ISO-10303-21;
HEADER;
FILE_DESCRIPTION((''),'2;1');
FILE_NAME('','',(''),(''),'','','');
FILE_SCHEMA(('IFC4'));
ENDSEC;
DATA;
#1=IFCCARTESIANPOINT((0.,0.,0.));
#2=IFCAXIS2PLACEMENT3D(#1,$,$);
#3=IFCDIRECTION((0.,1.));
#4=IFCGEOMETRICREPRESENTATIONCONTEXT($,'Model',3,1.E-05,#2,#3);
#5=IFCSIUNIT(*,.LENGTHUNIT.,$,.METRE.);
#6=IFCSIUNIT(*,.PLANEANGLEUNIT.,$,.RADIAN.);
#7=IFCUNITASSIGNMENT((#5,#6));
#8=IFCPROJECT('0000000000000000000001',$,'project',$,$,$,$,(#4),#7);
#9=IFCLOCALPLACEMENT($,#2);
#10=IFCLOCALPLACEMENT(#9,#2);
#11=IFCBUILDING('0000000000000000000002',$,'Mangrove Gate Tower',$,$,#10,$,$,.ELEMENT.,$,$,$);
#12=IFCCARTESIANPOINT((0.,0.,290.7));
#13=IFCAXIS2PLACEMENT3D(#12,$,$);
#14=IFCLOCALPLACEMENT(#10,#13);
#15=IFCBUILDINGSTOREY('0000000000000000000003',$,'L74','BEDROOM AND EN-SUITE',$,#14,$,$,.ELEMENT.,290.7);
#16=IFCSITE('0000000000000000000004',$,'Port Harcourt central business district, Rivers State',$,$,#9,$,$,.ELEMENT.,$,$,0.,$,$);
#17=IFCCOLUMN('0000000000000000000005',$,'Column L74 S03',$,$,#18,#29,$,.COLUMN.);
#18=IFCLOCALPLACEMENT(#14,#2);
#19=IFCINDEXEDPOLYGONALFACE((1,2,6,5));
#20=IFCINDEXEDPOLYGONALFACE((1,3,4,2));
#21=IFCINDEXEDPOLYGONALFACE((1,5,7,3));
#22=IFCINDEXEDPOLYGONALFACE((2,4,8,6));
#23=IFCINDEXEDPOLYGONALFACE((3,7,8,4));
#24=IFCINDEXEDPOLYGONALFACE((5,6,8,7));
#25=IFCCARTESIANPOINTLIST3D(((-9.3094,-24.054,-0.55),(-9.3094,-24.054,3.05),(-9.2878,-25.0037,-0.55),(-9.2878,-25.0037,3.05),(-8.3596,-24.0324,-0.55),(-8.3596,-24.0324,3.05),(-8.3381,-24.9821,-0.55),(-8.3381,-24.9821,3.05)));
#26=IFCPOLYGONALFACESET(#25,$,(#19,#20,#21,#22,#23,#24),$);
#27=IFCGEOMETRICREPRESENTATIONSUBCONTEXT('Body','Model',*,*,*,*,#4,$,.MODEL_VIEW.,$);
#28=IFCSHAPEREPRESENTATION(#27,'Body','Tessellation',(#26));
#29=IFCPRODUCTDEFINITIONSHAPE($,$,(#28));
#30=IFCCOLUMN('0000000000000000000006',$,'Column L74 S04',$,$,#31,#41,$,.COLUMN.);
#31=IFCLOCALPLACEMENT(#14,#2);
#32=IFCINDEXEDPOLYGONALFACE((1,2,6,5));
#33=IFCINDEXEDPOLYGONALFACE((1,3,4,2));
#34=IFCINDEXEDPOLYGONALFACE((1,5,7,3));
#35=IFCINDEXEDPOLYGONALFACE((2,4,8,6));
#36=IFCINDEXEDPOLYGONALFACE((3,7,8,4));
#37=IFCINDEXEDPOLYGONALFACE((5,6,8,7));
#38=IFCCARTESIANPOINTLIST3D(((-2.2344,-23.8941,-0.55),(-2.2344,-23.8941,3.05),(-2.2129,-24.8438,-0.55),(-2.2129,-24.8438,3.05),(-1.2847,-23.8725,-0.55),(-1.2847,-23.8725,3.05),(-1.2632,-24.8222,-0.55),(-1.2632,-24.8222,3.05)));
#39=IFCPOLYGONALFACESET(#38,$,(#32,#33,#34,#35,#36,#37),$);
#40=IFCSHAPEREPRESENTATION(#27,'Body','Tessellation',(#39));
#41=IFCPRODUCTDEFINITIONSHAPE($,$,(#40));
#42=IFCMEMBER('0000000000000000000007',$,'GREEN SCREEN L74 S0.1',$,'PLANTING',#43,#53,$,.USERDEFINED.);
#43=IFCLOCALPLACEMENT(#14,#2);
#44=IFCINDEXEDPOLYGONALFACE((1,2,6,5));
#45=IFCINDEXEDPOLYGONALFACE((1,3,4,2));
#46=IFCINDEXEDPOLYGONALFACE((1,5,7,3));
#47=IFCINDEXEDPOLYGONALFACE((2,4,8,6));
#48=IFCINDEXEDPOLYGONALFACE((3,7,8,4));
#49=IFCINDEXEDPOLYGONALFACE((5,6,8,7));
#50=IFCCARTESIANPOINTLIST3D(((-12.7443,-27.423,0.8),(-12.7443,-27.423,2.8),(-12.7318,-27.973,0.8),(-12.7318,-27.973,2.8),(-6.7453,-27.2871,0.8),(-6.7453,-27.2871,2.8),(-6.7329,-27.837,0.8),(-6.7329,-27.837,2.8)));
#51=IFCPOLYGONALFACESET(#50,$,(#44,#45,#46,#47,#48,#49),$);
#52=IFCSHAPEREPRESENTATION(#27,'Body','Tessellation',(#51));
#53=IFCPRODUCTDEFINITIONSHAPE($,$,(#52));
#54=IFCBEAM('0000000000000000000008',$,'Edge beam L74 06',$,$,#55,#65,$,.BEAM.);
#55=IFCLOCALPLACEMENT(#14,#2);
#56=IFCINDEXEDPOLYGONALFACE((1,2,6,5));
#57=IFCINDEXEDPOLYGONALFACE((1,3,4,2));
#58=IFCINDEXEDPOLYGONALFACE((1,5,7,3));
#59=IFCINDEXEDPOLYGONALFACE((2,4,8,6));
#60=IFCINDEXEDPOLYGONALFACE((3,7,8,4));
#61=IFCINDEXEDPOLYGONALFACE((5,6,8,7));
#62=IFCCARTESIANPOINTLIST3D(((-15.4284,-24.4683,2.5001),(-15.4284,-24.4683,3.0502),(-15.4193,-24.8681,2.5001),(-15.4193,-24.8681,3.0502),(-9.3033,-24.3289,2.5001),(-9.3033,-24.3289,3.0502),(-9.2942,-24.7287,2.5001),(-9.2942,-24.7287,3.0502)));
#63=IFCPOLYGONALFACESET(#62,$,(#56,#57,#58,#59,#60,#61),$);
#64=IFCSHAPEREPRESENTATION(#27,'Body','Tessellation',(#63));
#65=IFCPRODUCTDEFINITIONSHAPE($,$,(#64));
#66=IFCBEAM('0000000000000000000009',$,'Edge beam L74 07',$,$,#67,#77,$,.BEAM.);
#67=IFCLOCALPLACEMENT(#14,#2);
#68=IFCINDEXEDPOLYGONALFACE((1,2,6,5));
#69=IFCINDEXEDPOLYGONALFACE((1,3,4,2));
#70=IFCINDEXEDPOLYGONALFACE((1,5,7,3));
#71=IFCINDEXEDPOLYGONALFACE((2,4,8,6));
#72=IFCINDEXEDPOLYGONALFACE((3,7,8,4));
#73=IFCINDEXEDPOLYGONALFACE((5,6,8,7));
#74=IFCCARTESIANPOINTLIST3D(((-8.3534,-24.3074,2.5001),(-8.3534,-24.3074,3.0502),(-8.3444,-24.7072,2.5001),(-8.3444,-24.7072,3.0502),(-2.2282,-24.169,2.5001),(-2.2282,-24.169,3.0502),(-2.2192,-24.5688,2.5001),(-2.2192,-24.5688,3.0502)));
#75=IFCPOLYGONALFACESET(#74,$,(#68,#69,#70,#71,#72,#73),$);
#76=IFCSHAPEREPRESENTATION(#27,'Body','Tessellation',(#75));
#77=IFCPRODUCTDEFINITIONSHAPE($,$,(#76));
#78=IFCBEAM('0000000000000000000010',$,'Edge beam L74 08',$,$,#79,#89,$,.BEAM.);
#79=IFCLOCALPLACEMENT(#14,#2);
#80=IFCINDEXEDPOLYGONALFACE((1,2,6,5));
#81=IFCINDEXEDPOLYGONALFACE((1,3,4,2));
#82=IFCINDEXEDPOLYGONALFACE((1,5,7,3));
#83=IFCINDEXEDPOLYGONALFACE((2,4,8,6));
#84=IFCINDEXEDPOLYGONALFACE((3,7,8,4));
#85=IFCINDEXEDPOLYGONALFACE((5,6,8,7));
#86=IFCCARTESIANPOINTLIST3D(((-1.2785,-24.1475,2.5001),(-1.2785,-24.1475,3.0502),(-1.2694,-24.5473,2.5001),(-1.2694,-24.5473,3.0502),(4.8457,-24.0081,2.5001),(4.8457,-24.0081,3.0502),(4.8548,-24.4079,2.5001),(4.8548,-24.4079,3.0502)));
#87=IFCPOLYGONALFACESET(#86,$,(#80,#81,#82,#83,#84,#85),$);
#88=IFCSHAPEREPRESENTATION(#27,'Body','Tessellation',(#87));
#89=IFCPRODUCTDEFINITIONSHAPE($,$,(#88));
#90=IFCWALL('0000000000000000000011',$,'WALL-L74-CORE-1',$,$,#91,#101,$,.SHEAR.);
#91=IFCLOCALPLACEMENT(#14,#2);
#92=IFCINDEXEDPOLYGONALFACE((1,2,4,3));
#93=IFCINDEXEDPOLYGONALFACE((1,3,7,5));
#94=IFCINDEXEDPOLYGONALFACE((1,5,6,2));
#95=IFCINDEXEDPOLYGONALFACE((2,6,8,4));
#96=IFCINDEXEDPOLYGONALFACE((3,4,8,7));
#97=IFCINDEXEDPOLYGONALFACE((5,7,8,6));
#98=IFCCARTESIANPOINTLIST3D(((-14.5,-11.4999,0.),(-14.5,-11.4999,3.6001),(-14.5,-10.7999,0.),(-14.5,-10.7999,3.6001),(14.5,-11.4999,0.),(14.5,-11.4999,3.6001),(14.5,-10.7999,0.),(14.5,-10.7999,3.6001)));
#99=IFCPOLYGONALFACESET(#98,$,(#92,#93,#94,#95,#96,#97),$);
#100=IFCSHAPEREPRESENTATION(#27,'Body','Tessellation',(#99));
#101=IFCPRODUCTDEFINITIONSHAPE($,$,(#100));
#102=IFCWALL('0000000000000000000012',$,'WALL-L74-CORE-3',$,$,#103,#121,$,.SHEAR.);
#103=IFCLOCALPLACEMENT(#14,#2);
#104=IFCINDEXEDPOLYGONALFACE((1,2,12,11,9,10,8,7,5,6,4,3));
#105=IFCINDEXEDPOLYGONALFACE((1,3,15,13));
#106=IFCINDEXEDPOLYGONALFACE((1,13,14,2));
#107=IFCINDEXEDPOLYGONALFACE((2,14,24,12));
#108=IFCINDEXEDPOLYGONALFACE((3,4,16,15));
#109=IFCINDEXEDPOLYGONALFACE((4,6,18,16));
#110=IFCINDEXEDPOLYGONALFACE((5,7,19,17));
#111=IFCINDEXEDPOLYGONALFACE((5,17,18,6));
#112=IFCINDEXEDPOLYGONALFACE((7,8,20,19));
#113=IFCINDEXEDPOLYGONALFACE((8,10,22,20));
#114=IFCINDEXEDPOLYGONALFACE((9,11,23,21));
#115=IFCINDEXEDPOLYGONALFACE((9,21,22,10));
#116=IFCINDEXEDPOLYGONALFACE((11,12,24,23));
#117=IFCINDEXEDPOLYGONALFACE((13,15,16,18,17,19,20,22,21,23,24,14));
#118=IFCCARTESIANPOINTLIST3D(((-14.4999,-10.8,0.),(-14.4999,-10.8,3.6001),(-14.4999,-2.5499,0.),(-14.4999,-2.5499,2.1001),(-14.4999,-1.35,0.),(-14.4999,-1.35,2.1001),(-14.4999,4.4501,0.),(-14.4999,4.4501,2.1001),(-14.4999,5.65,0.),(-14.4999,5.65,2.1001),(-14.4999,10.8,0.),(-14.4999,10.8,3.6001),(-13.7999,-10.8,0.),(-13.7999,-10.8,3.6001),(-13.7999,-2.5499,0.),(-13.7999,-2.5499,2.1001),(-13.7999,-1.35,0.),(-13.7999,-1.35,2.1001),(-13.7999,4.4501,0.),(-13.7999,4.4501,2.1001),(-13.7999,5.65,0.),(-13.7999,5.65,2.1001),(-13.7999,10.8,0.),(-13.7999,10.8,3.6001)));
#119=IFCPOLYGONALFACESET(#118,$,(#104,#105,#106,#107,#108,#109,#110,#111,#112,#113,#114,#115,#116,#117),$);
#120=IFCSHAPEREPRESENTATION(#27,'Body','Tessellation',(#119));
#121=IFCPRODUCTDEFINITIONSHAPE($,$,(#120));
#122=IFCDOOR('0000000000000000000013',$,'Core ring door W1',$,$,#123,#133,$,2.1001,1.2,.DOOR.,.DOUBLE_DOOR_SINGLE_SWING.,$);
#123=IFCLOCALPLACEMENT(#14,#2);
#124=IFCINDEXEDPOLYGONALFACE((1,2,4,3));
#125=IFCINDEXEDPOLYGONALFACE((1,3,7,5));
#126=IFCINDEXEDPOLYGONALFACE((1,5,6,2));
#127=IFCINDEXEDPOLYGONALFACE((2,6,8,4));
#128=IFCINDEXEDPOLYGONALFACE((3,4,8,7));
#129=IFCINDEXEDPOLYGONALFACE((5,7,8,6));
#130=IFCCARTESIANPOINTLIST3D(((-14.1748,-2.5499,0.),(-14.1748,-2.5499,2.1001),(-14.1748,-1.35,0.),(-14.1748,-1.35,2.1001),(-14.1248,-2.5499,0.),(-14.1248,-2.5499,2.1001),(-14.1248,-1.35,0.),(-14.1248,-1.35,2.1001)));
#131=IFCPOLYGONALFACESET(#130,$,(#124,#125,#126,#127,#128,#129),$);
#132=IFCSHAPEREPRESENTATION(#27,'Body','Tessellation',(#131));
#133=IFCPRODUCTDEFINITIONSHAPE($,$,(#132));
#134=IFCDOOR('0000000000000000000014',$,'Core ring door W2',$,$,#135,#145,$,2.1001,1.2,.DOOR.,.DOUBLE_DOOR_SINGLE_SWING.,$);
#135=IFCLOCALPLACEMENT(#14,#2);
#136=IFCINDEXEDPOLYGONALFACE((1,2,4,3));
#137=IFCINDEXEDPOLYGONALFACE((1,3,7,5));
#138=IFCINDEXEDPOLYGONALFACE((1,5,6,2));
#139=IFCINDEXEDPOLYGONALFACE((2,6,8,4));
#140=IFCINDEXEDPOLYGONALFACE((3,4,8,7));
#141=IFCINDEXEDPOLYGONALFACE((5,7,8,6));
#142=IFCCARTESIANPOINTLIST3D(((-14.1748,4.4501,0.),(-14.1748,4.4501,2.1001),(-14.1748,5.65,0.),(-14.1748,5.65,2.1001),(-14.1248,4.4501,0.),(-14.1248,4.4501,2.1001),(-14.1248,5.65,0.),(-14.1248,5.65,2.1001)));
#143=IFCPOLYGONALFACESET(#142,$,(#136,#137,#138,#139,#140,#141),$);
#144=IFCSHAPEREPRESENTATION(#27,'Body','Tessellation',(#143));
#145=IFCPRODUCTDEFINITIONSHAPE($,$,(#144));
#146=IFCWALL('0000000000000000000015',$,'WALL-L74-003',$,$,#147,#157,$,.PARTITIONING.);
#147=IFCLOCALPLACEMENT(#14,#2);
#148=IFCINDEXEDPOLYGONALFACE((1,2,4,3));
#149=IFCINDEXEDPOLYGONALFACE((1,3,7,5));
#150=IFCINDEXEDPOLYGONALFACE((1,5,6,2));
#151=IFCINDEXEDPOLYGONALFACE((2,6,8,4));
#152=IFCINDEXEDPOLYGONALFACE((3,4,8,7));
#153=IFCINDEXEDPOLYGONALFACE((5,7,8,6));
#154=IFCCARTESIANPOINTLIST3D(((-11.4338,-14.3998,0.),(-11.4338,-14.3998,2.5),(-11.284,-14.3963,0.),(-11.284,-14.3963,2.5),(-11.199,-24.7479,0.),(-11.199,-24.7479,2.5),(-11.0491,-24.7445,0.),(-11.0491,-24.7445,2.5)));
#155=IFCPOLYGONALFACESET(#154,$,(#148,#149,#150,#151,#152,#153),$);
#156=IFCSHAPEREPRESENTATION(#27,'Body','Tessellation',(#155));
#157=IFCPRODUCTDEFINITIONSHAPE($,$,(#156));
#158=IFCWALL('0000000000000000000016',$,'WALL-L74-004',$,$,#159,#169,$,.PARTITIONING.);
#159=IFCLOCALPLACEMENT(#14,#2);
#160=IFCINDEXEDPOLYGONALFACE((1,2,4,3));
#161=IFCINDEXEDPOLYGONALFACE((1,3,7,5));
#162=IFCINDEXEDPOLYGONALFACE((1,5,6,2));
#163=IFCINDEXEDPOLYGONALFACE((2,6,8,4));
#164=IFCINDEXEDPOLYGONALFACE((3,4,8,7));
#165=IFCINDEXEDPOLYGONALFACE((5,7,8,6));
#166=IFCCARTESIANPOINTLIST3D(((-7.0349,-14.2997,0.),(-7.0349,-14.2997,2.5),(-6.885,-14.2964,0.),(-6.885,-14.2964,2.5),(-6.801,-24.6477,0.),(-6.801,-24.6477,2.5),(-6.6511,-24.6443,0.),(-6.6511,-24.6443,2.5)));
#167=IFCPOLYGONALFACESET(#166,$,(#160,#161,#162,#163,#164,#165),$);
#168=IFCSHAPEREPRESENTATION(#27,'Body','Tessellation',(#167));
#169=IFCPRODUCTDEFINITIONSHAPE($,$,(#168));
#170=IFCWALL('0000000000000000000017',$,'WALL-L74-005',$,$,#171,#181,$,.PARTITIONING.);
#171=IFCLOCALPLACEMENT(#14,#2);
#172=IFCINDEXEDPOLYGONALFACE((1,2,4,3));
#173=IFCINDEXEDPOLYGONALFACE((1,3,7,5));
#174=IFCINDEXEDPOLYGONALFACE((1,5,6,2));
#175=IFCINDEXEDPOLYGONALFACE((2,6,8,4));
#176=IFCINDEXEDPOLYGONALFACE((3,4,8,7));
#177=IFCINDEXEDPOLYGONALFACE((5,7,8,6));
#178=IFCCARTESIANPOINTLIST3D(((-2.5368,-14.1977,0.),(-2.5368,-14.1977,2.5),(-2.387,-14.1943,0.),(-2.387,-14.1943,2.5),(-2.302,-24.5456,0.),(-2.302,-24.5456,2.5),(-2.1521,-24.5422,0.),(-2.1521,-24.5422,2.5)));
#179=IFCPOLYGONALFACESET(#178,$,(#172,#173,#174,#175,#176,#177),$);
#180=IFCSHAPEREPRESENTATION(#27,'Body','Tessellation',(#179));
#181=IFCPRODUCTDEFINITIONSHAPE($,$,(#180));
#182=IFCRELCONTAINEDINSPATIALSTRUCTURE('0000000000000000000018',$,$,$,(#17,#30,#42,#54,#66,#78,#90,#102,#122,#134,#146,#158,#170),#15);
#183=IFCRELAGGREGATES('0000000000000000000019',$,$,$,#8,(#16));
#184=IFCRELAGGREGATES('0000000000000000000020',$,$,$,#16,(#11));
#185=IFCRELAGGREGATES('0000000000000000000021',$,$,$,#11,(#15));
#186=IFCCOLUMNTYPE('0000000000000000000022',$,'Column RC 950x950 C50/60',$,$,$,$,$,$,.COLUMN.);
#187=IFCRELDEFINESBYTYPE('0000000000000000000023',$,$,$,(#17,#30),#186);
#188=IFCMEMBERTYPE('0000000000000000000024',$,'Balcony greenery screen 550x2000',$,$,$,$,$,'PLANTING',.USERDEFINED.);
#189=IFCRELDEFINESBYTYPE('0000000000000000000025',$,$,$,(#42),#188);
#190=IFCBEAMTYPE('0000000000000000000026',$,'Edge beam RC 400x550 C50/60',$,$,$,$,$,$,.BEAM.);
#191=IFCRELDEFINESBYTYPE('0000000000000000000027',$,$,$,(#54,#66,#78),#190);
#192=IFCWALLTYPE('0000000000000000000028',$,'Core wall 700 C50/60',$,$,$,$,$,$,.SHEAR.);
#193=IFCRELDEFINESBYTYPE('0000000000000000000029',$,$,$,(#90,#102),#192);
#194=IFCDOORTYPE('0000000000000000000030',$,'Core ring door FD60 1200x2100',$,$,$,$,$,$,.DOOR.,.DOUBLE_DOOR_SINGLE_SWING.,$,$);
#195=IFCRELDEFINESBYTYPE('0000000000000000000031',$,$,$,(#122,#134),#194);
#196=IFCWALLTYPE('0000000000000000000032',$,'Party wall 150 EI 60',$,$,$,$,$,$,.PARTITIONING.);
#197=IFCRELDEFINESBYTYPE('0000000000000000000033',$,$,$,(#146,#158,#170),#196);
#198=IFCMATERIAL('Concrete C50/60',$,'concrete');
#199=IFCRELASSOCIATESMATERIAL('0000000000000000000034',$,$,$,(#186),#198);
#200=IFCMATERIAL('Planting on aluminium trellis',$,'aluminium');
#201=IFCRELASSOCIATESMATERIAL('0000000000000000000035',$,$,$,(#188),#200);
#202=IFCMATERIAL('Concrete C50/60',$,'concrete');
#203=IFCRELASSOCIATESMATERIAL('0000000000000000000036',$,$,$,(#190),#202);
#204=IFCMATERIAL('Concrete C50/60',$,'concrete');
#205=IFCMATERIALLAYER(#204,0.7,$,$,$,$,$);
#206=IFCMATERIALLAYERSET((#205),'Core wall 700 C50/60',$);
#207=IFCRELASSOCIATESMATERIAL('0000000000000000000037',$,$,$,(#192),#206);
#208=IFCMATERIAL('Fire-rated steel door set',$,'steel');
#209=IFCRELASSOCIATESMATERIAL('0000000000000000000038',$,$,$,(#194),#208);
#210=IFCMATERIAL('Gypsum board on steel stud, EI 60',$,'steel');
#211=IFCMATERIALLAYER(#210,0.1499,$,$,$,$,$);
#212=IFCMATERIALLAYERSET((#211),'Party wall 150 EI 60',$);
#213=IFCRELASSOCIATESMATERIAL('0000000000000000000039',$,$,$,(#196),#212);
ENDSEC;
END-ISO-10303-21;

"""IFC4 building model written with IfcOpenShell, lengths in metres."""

from ifc_helpers import new_model, si_unit, direction, frame, frame_2d, origin, origin_2d, place, context, subcontext, project, spatial, rectangle, extrude, material, layer, layer_set, material_profile, profile_set, type_object, element, fill, save


model = new_model("IFC4")

# Units and contexts
model_context = context("Model", 3, precision=1e-05, world=origin(), true_north=direction((0.0, 1.0)))
body_context = subcontext(model_context, "Body", "Model", "MODEL_VIEW")
ifc_project = project(units=[si_unit("LENGTHUNIT", "METRE"), si_unit("PLANEANGLEUNIT", "RADIAN")], contexts=[model_context])

# Site, building, storey
site_placement = place(None, origin())
site = spatial("IfcSite", under=ifc_project, at=site_placement, Name="Port Harcourt central business district, Rivers State", CompositionType="ELEMENT", RefElevation=0.0)
building_placement = place(site_placement, origin())
building = spatial("IfcBuilding", under=site, at=building_placement, Name="Mangrove Gate Tower", CompositionType="ELEMENT")
storey_placement = place(building_placement, frame((0.0, 0.0, 290.7)))
storey = spatial("IfcBuildingStorey", under=building, at=storey_placement, Name="L74", Description="BEDROOM AND EN-SUITE", CompositionType="ELEMENT", Elevation=290.7)

# Columns
ifc_material_1 = material(Name="Concrete C50/60", Category="concrete")
ifc_material_profile_1 = material_profile(ifc_material_1, rectangle(XDim=0.95, YDim=0.95, at=origin_2d()))
ifc_profile_set_1 = profile_set([ifc_material_profile_1], Name="Concrete C50/60")
column_type = type_object("IfcColumnType", Name="Column RC 950x950 C50/60", PredefinedType="COLUMN", material=ifc_profile_set_1)
for number, where, z_axis, x_axis, name in (
    (1, (-8.8237, -24.5181, -0.55), (0.0, 0.0, 1.0), (0.999743, 0.02268, 0.0), "Column L74 S03"),
    (2, (-1.7488, -24.3582, -0.55), (0.0, 0.0, 1.0), (0.999743, 0.022681, 0.0), "Column L74 S04"),
):
    element("IfcColumn", number, at=place(storey_placement, frame(where, z_axis=z_axis, x_axis=x_axis)), inside=storey, type_object=column_type, Name=name, PredefinedType="COLUMN", context=body_context, shape_type="SweptSolid", body=[
        extrude(rectangle(XDim=0.95, YDim=0.95, at=origin_2d()), origin(), (0.0, 0.0, 1.0), 3.6001),
    ])

# Member
ifc_material_2 = material(Name="Planting on aluminium trellis", Category="aluminium")
ifc_material_profile_2 = material_profile(ifc_material_2, rectangle(XDim=0.55, YDim=2.0, at=origin_2d()))
ifc_profile_set_2 = profile_set([ifc_material_profile_2], Name="Planting on aluminium trellis")
member_type = type_object("IfcMemberType", Name="Balcony greenery screen 550x2000", ElementType="PLANTING", PredefinedType="USERDEFINED", material=ifc_profile_set_2)
member_placement = place(storey_placement, frame((-12.738, -27.698, 1.8), z_axis=(0.999743, 0.022662, 0.0), x_axis=(-0.022662, 0.999743, 0.0)))
element("IfcMember", 3, at=member_placement, inside=storey, type_object=member_type, Name="GREEN SCREEN L74 S0.1", ObjectType="PLANTING", PredefinedType="USERDEFINED", context=body_context, shape_type="SweptSolid", body=[
    extrude(rectangle(XDim=0.55, YDim=2.0, at=origin_2d()), origin(), (0.0, 0.0, 1.0), 6.0005),
])

# Beams
ifc_material_3 = material(Name="Concrete C50/60", Category="concrete")
ifc_material_profile_3 = material_profile(ifc_material_3, rectangle(XDim=0.3999, YDim=0.55, at=origin_2d()))
ifc_profile_set_3 = profile_set([ifc_material_profile_3], Name="Concrete C50/60")
beam_type = type_object("IfcBeamType", Name="Edge beam RC 400x550 C50/60", PredefinedType="BEAM", material=ifc_profile_set_3)
for number, where, z_axis, x_axis, name in (
    (4, (-15.4238, -24.6682, 2.7751), (0.999741, 0.022753, 0.0), (-0.022753, 0.999741, 0.0), "Edge beam L74 06"),
    (5, (-8.3489, -24.5073, 2.7751), (0.999745, 0.022594, 0.0), (-0.022594, 0.999745, 0.0), "Edge beam L74 07"),
):
    element("IfcBeam", number, at=place(storey_placement, frame(where, z_axis=z_axis, x_axis=x_axis)), inside=storey, type_object=beam_type, Name=name, PredefinedType="BEAM", context=body_context, shape_type="SweptSolid", body=[
        extrude(rectangle(XDim=0.3999, YDim=0.55, at=origin_2d()), origin(), (0.0, 0.0, 1.0), 6.1267),
    ])
beam_placement = place(storey_placement, frame((-1.2739, -24.3474, 2.7751), z_axis=(0.999741, 0.022757, 0.0), x_axis=(-0.022757, 0.999741, 0.0)))
element("IfcBeam", 6, at=beam_placement, inside=storey, type_object=beam_type, Name="Edge beam L74 08", PredefinedType="BEAM", context=body_context, shape_type="SweptSolid", body=[
    extrude(rectangle(XDim=0.3999, YDim=0.55, at=origin_2d()), origin(), (0.0, 0.0, 1.0), 6.1257),
])

# Wall
ifc_material_4 = material(Name="Concrete C50/60", Category="concrete")
ifc_layer_1 = layer(ifc_material_4, 0.7)
ifc_layer_set_1 = layer_set([ifc_layer_1], Name="Core wall 700 C50/60")
wall_type_1 = type_object("IfcWallType", Name="Core wall 700 C50/60", PredefinedType="SHEAR", material=ifc_layer_set_1)
wall_1_placement = place(storey_placement, frame((-14.5, -11.1499, 0.0), z_axis=(0.0, 0.0, 1.0), x_axis=(1.0, 0.0, 0.0)))
element("IfcWall", 7, at=wall_1_placement, inside=storey, type_object=wall_type_1, Name="WALL-L74-CORE-1", PredefinedType="SHEAR", context=body_context, shape_type="SweptSolid", body=[
    extrude(rectangle(XDim=29.0, YDim=0.7, at=frame_2d((14.5, 0.0))), origin(), (0.0, 0.0, 1.0), 3.6001),
])

# Wall, openings, doors
wall_2_placement = place(storey_placement, frame((-14.1499, -10.8, 0.0), z_axis=(0.0, 0.0, 1.0), x_axis=(0.0, 1.0, 0.0)))
wall_2 = element("IfcWall", 8, at=wall_2_placement, inside=storey, type_object=wall_type_1, Name="WALL-L74-CORE-3", PredefinedType="SHEAR", context=body_context, shape_type="SweptSolid", body=[
    extrude(rectangle(XDim=21.6001, YDim=0.7, at=frame_2d((10.8, 0.0))), origin(), (0.0, 0.0, 1.0), 3.6001),
])
opening_1_placement = place(wall_2_placement, frame((8.25, 0.0, 0.0)))
opening_1 = element("IfcOpeningElement", 9, at=opening_1_placement, cuts=wall_2, PredefinedType="OPENING", context=body_context, shape_type="SweptSolid", body=[
    extrude(rectangle(XDim=1.2, YDim=2.1001, at=frame_2d((0.6001, 1.05))), frame((0.0, 0.3599, 0.0), z_axis=(0.0, -1.0, 0.0), x_axis=(1.0, 0.0, 0.0)), (0.0, 0.0, 1.0), 0.72),
])
opening_2_placement = place(wall_2_placement, frame((15.25, 0.0, 0.0)))
opening_2 = element("IfcOpeningElement", 10, at=opening_2_placement, cuts=wall_2, PredefinedType="OPENING", context=body_context, shape_type="SweptSolid", body=[
    extrude(rectangle(XDim=1.2, YDim=2.1001, at=frame_2d((0.6001, 1.05))), frame((0.0, 0.3599, 0.0), z_axis=(0.0, -1.0, 0.0), x_axis=(1.0, 0.0, 0.0)), (0.0, 0.0, 1.0), 0.72),
])
ifc_material_5 = material(Name="Fire-rated steel door set", Category="steel")
door_type_1 = type_object("IfcDoorType", Name="Core ring door FD60 1200x2100", OperationType="DOUBLE_DOOR_SINGLE_SWING", PredefinedType="DOOR", material=ifc_material_5)
door_1_placement = place(opening_1_placement, origin())
door_1 = element("IfcDoor", 11, at=door_1_placement, inside=storey, type_object=door_type_1, Name="Core ring door W1", OperationType="DOUBLE_DOOR_SINGLE_SWING", OverallHeight=2.1001, OverallWidth=1.2, PredefinedType="DOOR", context=body_context, shape_type="SweptSolid", body=[
    extrude(rectangle(XDim=1.2, YDim=2.1001, at=frame_2d((0.6001, 1.05))), frame((0.0, 0.0249, 0.0), z_axis=(0.0, -1.0, 0.0), x_axis=(1.0, 0.0, 0.0)), (0.0, 0.0, 1.0), 0.05),
])
fill(opening_1, door_1)
door_2_placement = place(opening_2_placement, origin())
door_2 = element("IfcDoor", 12, at=door_2_placement, inside=storey, type_object=door_type_1, Name="Core ring door W2", OperationType="DOUBLE_DOOR_SINGLE_SWING", OverallHeight=2.1001, OverallWidth=1.2, PredefinedType="DOOR", context=body_context, shape_type="SweptSolid", body=[
    extrude(rectangle(XDim=1.2, YDim=2.1001, at=frame_2d((0.6001, 1.05))), frame((0.0, 0.0249, 0.0), z_axis=(0.0, -1.0, 0.0), x_axis=(1.0, 0.0, 0.0)), (0.0, 0.0, 1.0), 0.05),
])
fill(opening_2, door_2)

# Walls
ifc_material_6 = material(Name="Gypsum board on steel stud, EI 60", Category="steel")
ifc_layer_2 = layer(ifc_material_6, 0.1499)
ifc_layer_set_2 = layer_set([ifc_layer_2], Name="Party wall 150 EI 60")
wall_type_2 = type_object("IfcWallType", Name="Party wall 150 EI 60", PredefinedType="PARTITIONING", material=ifc_layer_set_2)
wall_3_placement = place(storey_placement, frame((-11.124, -24.7461, 0.0), z_axis=(0.0, 0.0, 1.0), x_axis=(-0.02269, 0.999743, 0.0)))
element("IfcWall", 13, at=wall_3_placement, inside=storey, type_object=wall_type_2, Name="WALL-L74-003", PredefinedType="PARTITIONING", context=body_context, shape_type="SweptSolid", body=[
    extrude(rectangle(XDim=10.3508, YDim=0.1499, at=frame_2d((5.1753, 0.0))), origin(), (0.0, 0.0, 1.0), 2.5),
])
for number, where, z_axis, x_axis, name in (
    (14, (-6.7261, -24.646, 0.0), (0.0, 0.0, 1.0), (-0.022597, 0.999745, 0.0), "WALL-L74-004"),
    (15, (-2.2271, -24.5439, 0.0), (0.0, 0.0, 1.0), (-0.022691, 0.999743, 0.0), "WALL-L74-005"),
):
    element("IfcWall", number, at=place(storey_placement, frame(where, z_axis=z_axis, x_axis=x_axis)), inside=storey, type_object=wall_type_2, Name=name, PredefinedType="PARTITIONING", context=body_context, shape_type="SweptSolid", body=[
        extrude(rectangle(XDim=10.3506, YDim=0.1499, at=frame_2d((5.1753, 0.0))), origin(), (0.0, 0.0, 1.0), 2.5),
    ])

save(model, "model.ifc")
